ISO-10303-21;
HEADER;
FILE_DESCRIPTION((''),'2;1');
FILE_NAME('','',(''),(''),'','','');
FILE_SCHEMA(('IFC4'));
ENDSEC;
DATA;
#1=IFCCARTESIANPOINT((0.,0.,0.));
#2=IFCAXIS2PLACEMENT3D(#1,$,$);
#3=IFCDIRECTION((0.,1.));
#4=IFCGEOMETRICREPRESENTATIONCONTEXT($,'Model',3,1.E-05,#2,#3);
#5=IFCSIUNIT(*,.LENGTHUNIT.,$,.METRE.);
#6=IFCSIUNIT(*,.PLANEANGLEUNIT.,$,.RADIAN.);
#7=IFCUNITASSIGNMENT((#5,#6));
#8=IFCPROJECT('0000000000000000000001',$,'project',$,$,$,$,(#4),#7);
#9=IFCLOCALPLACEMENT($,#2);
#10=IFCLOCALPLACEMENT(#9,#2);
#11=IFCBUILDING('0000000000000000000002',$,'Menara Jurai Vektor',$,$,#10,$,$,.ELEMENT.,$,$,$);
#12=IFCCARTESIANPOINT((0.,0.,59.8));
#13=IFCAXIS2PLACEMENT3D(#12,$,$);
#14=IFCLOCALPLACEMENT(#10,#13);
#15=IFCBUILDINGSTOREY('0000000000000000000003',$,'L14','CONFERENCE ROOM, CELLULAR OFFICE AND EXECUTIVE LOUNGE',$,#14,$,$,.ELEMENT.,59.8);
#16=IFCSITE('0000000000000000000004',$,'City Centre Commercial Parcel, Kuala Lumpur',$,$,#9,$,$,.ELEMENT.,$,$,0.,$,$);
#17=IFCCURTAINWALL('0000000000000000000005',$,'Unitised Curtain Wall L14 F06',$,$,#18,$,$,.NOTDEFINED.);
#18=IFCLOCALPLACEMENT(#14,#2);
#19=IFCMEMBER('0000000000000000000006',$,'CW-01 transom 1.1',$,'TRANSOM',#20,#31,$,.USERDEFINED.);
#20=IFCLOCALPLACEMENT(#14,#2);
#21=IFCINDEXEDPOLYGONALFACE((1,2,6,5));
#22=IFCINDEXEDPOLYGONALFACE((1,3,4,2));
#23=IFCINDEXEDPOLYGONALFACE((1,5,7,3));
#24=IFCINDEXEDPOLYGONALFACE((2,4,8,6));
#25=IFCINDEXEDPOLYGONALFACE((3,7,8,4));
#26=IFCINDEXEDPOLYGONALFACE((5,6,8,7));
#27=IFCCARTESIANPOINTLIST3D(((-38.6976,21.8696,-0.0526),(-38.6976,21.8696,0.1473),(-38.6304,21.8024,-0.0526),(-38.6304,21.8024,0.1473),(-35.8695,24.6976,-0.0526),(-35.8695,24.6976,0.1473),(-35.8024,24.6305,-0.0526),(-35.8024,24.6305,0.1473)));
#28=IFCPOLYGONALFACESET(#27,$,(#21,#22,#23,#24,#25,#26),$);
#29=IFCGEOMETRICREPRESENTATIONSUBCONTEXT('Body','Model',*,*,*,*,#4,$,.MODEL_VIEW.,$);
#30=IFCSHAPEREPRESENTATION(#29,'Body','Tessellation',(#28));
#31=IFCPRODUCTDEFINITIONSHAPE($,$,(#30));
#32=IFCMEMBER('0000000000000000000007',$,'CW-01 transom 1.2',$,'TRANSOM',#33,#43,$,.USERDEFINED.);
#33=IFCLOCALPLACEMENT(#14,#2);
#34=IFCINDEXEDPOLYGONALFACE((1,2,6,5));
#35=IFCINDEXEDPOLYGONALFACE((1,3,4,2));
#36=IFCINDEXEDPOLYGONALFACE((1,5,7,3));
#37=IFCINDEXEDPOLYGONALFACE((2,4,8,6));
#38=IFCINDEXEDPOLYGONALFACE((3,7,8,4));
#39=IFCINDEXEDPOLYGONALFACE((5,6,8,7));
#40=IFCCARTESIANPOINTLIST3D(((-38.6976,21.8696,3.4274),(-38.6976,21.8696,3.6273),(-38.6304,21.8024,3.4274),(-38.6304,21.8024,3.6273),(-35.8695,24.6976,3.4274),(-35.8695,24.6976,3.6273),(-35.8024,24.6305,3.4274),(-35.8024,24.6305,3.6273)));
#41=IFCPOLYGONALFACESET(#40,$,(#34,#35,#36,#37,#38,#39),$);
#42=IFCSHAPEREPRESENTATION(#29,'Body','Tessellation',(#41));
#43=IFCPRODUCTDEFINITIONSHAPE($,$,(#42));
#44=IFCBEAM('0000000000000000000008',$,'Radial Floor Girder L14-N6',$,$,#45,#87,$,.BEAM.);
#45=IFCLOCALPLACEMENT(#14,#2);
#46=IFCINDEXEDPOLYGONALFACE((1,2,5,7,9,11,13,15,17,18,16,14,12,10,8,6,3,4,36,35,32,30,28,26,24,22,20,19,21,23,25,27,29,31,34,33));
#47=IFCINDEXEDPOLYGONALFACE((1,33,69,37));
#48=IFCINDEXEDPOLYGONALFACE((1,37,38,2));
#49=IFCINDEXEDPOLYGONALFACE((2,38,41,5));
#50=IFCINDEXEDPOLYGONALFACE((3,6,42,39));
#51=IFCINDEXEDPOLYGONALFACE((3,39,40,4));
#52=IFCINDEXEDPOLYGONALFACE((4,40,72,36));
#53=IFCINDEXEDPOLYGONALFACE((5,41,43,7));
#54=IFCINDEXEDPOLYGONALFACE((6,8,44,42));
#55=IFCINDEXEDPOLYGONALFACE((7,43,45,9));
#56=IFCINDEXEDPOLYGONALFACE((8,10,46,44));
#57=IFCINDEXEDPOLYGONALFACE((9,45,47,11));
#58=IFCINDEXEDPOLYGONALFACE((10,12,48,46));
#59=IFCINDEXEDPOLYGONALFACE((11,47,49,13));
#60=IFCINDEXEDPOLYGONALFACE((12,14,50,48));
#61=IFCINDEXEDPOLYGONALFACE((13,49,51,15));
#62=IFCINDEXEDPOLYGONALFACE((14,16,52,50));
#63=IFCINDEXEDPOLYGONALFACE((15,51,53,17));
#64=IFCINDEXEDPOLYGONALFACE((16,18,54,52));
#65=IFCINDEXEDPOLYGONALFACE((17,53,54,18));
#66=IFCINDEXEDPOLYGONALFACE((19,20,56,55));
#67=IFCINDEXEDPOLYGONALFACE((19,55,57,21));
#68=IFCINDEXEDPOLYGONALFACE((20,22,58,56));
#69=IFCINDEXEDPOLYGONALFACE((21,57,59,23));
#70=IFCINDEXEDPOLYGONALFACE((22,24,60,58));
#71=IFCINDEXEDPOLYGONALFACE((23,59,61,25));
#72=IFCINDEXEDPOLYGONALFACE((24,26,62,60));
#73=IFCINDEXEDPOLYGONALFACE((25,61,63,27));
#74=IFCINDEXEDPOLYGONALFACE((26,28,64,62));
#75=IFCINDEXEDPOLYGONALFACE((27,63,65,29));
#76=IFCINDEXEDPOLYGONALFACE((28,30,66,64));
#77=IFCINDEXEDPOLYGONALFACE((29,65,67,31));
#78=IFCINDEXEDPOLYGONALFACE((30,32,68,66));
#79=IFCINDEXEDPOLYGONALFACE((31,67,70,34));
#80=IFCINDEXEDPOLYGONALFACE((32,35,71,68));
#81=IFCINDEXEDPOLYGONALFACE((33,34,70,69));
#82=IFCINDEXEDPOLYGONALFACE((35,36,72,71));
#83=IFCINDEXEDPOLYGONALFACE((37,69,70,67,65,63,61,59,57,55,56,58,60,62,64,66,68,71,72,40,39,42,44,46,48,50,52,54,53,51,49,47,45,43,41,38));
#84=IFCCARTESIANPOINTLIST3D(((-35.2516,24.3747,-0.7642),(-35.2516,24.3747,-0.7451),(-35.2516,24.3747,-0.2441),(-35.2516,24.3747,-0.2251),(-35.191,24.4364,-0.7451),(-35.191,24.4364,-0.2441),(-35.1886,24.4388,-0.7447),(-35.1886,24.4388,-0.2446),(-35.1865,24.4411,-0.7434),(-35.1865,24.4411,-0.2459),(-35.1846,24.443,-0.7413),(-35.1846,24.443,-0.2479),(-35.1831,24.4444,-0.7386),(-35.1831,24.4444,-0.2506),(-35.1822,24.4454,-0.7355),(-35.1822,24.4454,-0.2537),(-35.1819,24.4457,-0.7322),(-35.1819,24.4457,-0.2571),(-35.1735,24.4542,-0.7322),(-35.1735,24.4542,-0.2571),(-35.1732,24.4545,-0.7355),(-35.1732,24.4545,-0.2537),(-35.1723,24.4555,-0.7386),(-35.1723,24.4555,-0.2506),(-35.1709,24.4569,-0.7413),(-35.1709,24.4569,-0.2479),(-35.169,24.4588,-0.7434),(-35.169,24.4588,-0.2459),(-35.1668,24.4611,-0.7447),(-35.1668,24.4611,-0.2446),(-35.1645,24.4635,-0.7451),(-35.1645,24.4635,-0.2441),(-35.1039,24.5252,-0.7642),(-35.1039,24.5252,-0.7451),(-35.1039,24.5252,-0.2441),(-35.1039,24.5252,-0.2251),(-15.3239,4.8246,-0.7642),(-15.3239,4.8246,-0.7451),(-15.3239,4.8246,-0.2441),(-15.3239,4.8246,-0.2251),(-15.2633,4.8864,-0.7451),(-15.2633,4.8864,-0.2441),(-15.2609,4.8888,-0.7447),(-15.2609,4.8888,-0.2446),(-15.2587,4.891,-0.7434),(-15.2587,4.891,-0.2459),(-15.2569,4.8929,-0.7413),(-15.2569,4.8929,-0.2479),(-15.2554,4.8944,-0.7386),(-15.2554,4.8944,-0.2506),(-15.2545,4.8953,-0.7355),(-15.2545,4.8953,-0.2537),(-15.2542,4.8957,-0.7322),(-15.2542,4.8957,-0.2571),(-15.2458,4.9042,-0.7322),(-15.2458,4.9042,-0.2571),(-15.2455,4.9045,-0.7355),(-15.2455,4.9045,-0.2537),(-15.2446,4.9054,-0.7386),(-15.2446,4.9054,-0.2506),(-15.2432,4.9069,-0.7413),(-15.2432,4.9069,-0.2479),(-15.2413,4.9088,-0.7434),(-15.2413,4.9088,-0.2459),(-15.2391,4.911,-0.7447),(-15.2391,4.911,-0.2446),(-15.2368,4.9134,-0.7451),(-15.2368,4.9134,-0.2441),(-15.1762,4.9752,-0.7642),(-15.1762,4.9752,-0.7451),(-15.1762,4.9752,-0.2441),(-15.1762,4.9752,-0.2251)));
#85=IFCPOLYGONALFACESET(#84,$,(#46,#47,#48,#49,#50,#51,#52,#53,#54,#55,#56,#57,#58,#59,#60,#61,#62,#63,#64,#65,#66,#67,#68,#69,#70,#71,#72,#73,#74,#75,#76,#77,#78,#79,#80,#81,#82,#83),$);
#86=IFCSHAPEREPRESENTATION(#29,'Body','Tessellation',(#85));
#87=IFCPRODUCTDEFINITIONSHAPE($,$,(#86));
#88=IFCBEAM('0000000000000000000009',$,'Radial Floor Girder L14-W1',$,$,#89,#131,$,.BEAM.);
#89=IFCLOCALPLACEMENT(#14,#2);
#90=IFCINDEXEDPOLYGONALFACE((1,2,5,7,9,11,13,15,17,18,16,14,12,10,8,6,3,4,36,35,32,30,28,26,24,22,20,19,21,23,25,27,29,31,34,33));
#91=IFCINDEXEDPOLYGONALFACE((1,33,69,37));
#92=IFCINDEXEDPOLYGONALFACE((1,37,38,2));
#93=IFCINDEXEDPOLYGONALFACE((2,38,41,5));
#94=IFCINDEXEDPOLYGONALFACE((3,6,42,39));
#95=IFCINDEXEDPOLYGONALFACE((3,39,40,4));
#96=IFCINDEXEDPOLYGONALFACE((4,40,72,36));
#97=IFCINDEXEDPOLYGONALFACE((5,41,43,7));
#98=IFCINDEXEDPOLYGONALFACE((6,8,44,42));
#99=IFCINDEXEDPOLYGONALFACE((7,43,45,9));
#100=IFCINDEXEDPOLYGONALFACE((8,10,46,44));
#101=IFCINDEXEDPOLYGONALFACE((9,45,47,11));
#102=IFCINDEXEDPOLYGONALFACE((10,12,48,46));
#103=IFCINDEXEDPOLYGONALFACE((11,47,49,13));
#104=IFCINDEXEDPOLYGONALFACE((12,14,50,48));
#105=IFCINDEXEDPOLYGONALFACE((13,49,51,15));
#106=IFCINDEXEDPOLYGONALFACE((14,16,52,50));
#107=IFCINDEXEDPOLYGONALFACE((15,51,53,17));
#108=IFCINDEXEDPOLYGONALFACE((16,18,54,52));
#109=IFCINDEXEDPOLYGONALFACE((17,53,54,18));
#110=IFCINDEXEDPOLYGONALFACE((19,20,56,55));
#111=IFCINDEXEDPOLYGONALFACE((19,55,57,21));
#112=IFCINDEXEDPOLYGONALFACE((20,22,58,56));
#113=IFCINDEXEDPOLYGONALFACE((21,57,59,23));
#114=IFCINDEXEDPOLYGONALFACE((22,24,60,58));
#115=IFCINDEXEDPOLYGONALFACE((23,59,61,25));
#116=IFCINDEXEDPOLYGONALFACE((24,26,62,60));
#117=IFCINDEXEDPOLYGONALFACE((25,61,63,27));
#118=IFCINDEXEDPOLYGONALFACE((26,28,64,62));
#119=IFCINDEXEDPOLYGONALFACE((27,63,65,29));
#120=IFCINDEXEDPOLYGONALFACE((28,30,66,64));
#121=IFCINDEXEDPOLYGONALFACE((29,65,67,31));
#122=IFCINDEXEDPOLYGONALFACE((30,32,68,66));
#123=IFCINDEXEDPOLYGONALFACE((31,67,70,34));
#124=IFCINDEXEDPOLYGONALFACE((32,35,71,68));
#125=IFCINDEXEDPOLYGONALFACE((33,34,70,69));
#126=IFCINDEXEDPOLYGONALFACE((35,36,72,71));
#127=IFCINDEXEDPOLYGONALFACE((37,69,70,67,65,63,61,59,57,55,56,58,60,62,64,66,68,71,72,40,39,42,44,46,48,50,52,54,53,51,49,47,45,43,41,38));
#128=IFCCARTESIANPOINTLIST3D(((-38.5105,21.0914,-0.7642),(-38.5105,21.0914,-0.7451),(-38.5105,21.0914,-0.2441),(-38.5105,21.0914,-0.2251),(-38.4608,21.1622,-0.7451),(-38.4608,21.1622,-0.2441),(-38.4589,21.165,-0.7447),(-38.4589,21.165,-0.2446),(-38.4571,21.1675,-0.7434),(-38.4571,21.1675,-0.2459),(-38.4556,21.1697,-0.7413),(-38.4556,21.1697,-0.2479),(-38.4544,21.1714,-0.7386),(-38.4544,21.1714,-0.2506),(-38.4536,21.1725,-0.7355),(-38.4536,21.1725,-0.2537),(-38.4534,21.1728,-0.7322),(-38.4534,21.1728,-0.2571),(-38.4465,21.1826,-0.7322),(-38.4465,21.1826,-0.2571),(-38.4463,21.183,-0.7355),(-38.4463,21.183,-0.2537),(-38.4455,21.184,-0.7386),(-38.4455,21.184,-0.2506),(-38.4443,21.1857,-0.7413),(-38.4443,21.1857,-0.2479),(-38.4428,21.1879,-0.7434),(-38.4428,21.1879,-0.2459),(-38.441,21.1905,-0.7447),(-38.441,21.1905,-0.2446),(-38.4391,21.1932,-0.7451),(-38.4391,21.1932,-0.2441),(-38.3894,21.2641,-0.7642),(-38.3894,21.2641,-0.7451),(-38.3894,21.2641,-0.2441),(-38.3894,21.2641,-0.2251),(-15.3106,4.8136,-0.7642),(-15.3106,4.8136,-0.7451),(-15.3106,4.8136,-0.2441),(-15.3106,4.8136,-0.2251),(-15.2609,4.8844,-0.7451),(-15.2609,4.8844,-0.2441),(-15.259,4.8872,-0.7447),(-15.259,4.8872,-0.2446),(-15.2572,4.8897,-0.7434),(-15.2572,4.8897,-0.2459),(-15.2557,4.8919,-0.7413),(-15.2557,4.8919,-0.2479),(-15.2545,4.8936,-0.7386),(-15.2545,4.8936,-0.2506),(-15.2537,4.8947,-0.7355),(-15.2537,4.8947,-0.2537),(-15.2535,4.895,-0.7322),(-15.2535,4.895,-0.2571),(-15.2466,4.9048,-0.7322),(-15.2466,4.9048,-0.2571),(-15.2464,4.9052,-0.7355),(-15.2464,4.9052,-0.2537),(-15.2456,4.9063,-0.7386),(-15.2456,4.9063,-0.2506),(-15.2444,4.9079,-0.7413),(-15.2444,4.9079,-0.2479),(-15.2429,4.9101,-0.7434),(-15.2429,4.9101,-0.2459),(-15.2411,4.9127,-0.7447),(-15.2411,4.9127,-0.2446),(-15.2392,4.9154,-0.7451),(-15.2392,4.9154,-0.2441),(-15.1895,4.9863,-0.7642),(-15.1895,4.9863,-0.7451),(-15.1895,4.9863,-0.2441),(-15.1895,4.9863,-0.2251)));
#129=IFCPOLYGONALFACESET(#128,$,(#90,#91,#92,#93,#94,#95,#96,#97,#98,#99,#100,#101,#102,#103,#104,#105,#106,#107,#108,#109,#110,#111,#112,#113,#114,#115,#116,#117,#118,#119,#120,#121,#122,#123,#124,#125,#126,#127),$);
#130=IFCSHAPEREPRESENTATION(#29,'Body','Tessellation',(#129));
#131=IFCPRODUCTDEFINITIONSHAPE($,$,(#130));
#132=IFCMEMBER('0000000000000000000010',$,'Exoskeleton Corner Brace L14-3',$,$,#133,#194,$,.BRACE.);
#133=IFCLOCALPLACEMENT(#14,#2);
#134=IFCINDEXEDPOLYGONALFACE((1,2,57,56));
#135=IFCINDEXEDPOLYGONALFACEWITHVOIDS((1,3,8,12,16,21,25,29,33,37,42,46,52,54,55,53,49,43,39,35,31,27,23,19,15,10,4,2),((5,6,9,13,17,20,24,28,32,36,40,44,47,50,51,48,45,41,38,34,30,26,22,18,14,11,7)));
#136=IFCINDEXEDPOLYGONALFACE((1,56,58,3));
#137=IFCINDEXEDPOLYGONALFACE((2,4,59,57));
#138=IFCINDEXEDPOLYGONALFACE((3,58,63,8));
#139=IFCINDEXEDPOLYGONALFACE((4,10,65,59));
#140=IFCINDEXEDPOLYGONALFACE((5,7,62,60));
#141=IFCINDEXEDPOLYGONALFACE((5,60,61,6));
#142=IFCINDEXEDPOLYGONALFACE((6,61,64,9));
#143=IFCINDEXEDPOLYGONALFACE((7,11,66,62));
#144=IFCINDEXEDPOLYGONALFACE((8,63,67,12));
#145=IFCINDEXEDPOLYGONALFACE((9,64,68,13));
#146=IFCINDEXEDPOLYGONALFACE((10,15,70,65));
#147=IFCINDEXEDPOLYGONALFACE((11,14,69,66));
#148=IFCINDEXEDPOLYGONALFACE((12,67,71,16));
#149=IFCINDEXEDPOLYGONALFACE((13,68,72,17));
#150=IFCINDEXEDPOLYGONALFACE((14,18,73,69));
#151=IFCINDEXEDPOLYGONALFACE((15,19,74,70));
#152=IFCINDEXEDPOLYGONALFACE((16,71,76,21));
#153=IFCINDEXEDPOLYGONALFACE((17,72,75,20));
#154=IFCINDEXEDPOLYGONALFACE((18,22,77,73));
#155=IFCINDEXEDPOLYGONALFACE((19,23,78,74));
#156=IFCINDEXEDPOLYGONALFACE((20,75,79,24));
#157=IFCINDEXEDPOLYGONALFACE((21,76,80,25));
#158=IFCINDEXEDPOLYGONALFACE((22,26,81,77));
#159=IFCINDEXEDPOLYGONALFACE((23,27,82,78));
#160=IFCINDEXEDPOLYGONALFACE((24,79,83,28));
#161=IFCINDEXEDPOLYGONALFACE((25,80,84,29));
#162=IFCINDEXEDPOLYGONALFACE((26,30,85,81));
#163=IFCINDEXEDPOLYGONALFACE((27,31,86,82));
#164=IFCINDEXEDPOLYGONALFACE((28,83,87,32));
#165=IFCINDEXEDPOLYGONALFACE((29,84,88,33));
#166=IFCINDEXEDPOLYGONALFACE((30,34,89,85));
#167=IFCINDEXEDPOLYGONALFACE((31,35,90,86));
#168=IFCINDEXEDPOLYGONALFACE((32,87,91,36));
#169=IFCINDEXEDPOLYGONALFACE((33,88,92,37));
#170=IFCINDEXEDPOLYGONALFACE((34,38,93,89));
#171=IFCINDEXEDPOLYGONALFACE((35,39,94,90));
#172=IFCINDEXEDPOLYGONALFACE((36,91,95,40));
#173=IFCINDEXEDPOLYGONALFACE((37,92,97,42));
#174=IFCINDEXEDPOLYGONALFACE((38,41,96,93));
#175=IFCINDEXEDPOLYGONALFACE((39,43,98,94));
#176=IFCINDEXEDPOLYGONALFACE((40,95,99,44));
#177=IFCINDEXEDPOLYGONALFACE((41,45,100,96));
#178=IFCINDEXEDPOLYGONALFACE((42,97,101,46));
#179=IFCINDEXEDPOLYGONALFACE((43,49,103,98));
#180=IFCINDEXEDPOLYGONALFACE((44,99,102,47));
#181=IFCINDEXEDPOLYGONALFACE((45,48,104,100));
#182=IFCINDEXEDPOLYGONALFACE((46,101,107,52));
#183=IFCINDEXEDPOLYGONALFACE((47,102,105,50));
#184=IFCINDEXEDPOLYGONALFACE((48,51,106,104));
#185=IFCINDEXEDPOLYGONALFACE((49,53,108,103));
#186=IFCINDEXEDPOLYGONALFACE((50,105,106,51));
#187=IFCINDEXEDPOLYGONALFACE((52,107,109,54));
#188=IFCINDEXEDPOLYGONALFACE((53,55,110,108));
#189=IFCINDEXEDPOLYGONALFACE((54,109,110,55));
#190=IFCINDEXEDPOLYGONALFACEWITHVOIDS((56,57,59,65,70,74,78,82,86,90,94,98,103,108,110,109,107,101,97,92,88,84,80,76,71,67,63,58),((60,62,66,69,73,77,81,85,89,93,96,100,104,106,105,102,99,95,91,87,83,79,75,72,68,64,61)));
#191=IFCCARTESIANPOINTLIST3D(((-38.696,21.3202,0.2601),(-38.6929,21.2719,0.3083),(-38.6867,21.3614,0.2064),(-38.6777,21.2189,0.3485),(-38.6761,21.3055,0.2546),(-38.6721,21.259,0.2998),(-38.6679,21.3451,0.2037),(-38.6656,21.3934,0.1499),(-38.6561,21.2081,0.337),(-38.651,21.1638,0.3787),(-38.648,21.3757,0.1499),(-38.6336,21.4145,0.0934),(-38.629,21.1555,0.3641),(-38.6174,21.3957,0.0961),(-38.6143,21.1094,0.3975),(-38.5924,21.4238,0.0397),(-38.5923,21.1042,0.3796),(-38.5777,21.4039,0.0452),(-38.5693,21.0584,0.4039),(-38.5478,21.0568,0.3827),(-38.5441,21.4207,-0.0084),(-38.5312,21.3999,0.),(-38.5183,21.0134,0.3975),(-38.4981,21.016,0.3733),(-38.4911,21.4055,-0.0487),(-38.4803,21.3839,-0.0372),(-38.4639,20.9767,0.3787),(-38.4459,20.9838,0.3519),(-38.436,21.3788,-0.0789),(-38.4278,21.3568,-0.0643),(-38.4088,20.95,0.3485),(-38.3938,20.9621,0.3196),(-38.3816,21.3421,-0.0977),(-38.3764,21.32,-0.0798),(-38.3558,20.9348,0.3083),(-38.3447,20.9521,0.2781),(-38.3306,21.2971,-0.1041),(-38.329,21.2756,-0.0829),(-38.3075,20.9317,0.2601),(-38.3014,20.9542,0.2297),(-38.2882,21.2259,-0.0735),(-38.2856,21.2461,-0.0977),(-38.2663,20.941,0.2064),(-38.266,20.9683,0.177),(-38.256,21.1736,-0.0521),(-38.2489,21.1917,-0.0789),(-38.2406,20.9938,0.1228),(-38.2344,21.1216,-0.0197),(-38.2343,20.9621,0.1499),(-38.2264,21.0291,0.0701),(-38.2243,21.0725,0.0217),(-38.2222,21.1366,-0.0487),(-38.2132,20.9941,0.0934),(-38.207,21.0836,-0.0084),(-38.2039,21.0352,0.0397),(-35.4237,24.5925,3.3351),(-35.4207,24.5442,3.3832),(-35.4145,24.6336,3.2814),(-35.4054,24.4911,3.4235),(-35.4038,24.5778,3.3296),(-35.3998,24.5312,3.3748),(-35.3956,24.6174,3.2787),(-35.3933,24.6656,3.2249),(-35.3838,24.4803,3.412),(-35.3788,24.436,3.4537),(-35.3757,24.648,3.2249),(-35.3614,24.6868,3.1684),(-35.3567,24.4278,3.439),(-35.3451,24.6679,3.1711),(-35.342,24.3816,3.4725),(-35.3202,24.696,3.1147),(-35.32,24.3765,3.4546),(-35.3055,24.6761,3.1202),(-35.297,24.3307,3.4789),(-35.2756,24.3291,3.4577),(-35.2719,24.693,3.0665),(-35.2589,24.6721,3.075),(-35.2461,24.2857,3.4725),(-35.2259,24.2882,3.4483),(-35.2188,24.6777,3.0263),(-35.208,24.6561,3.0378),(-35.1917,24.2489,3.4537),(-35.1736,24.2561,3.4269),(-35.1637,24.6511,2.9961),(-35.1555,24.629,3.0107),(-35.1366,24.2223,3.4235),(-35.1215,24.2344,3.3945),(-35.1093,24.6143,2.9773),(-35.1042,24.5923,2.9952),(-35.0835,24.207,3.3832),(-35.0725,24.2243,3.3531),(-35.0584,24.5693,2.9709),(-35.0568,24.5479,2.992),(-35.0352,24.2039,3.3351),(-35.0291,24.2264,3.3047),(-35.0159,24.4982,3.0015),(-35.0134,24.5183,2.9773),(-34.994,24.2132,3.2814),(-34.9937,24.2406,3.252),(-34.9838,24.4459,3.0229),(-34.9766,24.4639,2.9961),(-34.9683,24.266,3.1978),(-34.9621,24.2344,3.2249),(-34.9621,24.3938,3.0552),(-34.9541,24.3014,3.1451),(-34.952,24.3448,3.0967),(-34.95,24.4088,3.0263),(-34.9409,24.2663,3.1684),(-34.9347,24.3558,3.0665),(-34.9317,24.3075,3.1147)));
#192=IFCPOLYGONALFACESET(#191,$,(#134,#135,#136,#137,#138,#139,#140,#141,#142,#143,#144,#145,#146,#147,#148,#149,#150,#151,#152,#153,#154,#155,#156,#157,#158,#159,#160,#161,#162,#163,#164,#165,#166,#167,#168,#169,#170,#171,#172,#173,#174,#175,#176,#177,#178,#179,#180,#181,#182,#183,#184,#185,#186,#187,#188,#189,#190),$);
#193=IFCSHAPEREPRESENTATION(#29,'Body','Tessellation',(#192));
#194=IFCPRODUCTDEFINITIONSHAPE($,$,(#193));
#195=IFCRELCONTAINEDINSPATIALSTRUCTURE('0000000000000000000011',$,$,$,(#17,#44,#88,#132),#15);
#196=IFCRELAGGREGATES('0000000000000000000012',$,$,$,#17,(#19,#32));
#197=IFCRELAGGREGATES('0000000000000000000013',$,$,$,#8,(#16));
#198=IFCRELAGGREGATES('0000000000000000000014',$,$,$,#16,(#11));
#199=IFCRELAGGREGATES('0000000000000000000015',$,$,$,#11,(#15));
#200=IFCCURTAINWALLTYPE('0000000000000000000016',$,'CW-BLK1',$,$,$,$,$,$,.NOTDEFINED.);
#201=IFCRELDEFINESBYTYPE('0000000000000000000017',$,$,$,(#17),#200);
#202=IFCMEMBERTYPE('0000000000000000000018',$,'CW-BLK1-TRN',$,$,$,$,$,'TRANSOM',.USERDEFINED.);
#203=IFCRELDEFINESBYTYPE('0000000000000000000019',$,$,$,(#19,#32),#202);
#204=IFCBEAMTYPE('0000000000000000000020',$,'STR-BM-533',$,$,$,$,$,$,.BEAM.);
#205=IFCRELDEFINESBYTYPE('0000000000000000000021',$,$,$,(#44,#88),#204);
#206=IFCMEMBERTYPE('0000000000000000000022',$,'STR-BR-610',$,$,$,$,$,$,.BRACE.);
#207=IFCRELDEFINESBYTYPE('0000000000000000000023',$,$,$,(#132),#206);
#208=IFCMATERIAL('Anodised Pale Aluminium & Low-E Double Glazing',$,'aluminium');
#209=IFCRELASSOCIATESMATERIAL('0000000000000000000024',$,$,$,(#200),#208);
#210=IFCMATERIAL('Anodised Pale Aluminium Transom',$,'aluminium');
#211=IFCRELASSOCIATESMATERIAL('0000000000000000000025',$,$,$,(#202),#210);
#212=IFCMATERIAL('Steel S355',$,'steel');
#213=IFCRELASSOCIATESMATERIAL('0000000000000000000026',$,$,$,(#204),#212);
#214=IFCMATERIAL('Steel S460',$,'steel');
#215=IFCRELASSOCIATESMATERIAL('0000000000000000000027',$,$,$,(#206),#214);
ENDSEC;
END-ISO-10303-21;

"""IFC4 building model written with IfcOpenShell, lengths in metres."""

from ifc_helpers import new_model, si_unit, direction, frame, origin, origin_2d, place, context, subcontext, project, spatial, rectangle, hollow_circle, i_section, extrude, material, material_profile, profile_set, type_object, element, aggregate, save


model = new_model("IFC4")

# Units and contexts
model_context = context("Model", 3, precision=1e-05, world=origin(), true_north=direction((0.0, 1.0)))
body_context = subcontext(model_context, "Body", "Model", "MODEL_VIEW")
ifc_project = project(units=[si_unit("LENGTHUNIT", "METRE"), si_unit("PLANEANGLEUNIT", "RADIAN")], contexts=[model_context])

# Site, building, storey
site_placement = place(None, origin())
site = spatial("IfcSite", under=ifc_project, at=site_placement, Name="City Centre Commercial Parcel, Kuala Lumpur", CompositionType="ELEMENT", RefElevation=0.0)
building_placement = place(site_placement, origin())
building = spatial("IfcBuilding", under=site, at=building_placement, Name="Menara Jurai Vektor", CompositionType="ELEMENT")
storey_placement = place(building_placement, frame((0.0, 0.0, 59.8)))
storey = spatial("IfcBuildingStorey", under=building, at=storey_placement, Name="L14", Description="CONFERENCE ROOM, CELLULAR OFFICE AND EXECUTIVE LOUNGE", CompositionType="ELEMENT", Elevation=59.8)

# Shared definitions
ifc_material_1 = material(Name="Steel S460", Category="steel")

# Curtain wall
ifc_material_2 = material(Name="Anodised Pale Aluminium & Low-E Double Glazing", Category="aluminium")
curtain_wall_type = type_object("IfcCurtainWallType", Name="CW-BLK1", PredefinedType="NOTDEFINED", material=ifc_material_2)
curtain_wall_1_placement = place(storey_placement, origin())
curtain_wall_1 = element("IfcCurtainWall", 1, at=curtain_wall_1_placement, inside=storey, type_object=curtain_wall_type, Name="Unitised Curtain Wall L14 F06", PredefinedType="NOTDEFINED")

# Members
ifc_material_3 = material(Name="Anodised Pale Aluminium Transom", Category="aluminium")
ifc_material_profile_1 = material_profile(ifc_material_3, rectangle(XDim=0.095, YDim=0.2, at=origin_2d()), Name="ALU TRN 95x200")
ifc_profile_set_1 = profile_set([ifc_material_profile_1], Name="Anodised Pale Aluminium Transom")
member_type_1 = type_object("IfcMemberType", Name="CW-BLK1-TRN", ElementType="TRANSOM", PredefinedType="USERDEFINED", material=ifc_profile_set_1)
member_1_placement = place(storey_placement, frame((-35.8359, 24.6641, 0.0474), z_axis=(-0.707107, -0.707107, 0.0), x_axis=(0.707107, -0.707107, 0.0)))
member_1 = element("IfcMember", 2, at=member_1_placement, type_object=member_type_1, Name="CW-01 transom 1.1", ObjectType="TRANSOM", PredefinedType="USERDEFINED", context=body_context, shape_type="SweptSolid", body=[
    extrude(rectangle(XDim=0.095, YDim=0.2, at=origin_2d()), origin(), (0.0, 0.0, 1.0), 3.9995),
])
member_2_placement = place(storey_placement, frame((-35.8359, 24.6641, 3.5273), z_axis=(-0.707107, -0.707107, 0.0), x_axis=(0.707107, -0.707107, 0.0)))
member_2 = element("IfcMember", 3, at=member_2_placement, type_object=member_type_1, Name="CW-01 transom 1.2", ObjectType="TRANSOM", PredefinedType="USERDEFINED", context=body_context, shape_type="SweptSolid", body=[
    extrude(rectangle(XDim=0.095, YDim=0.2, at=origin_2d()), origin(), (0.0, 0.0, 1.0), 3.9995),
])

# Beams
ifc_material_4 = material(Name="Steel S355", Category="steel")
ifc_material_profile_2 = material_profile(ifc_material_4, i_section(OverallWidth=0.2109, OverallDepth=0.5391, WebThickness=0.012, FlangeThickness=0.019, FilletRadius=0.0129, at=origin_2d()), Name="UKB 533x210x109")
ifc_profile_set_2 = profile_set([ifc_material_profile_2], Name="Steel S355")
beam_type_1 = type_object("IfcBeamType", Name="STR-BM-533", PredefinedType="BEAM", material=ifc_profile_set_2)
beam_1_placement = place(storey_placement, frame((-35.1777, 24.45, -0.4946), z_axis=(0.713839, -0.70031, 0.0), x_axis=(0.70031, 0.713839, 0.0)))
element("IfcBeam", 4, at=beam_1_placement, inside=storey, type_object=beam_type_1, Name="Radial Floor Girder L14-N6", PredefinedType="BEAM", context=body_context, shape_type="SweptSolid", body=[
    extrude(i_section(OverallWidth=0.2109, OverallDepth=0.5391, WebThickness=0.012, FlangeThickness=0.019, FilletRadius=0.0129, at=origin_2d()), origin(), (0.0, 0.0, 1.0), 27.9163),
])
beam_2_placement = place(storey_placement, frame((-38.45, 21.1777, -0.4946), z_axis=(0.818604, -0.574359, 0.0), x_axis=(0.574359, 0.818604, 0.0)))
element("IfcBeam", 5, at=beam_2_placement, inside=storey, type_object=beam_type_1, Name="Radial Floor Girder L14-W1", PredefinedType="BEAM", context=body_context, shape_type="SweptSolid", body=[
    extrude(i_section(OverallWidth=0.2109, OverallDepth=0.5391, WebThickness=0.012, FlangeThickness=0.019, FilletRadius=0.0129, at=origin_2d()), origin(), (0.0, 0.0, 1.0), 28.3408),
])

# Member
ifc_material_profile_3 = material_profile(ifc_material_1, hollow_circle(Radius=0.3049, WallThickness=0.0249, at=origin_2d()), Name="CHS 610x25")
ifc_profile_set_3 = profile_set([ifc_material_profile_3], Name="Steel S460")
member_type_2 = type_object("IfcMemberType", Name="STR-BR-610", PredefinedType="BRACE", material=ifc_profile_set_3)
member_3_placement = place(storey_placement, frame((-38.45, 21.1777, 0.1499), z_axis=(0.588942, 0.588942, 0.553438), x_axis=(-0.707107, 0.707107, 0.0)))
element("IfcMember", 6, at=member_3_placement, inside=storey, type_object=member_type_2, Name="Exoskeleton Corner Brace L14-3", PredefinedType="BRACE", context=body_context, shape_type="SweptSolid", body=[
    extrude(hollow_circle(Radius=0.3049, WallThickness=0.0249, at=origin_2d()), origin(), (0.0, 0.0, 1.0), 5.5562),
])

aggregate(curtain_wall_1, [member_1, member_2])

save(model, "model.ifc")
